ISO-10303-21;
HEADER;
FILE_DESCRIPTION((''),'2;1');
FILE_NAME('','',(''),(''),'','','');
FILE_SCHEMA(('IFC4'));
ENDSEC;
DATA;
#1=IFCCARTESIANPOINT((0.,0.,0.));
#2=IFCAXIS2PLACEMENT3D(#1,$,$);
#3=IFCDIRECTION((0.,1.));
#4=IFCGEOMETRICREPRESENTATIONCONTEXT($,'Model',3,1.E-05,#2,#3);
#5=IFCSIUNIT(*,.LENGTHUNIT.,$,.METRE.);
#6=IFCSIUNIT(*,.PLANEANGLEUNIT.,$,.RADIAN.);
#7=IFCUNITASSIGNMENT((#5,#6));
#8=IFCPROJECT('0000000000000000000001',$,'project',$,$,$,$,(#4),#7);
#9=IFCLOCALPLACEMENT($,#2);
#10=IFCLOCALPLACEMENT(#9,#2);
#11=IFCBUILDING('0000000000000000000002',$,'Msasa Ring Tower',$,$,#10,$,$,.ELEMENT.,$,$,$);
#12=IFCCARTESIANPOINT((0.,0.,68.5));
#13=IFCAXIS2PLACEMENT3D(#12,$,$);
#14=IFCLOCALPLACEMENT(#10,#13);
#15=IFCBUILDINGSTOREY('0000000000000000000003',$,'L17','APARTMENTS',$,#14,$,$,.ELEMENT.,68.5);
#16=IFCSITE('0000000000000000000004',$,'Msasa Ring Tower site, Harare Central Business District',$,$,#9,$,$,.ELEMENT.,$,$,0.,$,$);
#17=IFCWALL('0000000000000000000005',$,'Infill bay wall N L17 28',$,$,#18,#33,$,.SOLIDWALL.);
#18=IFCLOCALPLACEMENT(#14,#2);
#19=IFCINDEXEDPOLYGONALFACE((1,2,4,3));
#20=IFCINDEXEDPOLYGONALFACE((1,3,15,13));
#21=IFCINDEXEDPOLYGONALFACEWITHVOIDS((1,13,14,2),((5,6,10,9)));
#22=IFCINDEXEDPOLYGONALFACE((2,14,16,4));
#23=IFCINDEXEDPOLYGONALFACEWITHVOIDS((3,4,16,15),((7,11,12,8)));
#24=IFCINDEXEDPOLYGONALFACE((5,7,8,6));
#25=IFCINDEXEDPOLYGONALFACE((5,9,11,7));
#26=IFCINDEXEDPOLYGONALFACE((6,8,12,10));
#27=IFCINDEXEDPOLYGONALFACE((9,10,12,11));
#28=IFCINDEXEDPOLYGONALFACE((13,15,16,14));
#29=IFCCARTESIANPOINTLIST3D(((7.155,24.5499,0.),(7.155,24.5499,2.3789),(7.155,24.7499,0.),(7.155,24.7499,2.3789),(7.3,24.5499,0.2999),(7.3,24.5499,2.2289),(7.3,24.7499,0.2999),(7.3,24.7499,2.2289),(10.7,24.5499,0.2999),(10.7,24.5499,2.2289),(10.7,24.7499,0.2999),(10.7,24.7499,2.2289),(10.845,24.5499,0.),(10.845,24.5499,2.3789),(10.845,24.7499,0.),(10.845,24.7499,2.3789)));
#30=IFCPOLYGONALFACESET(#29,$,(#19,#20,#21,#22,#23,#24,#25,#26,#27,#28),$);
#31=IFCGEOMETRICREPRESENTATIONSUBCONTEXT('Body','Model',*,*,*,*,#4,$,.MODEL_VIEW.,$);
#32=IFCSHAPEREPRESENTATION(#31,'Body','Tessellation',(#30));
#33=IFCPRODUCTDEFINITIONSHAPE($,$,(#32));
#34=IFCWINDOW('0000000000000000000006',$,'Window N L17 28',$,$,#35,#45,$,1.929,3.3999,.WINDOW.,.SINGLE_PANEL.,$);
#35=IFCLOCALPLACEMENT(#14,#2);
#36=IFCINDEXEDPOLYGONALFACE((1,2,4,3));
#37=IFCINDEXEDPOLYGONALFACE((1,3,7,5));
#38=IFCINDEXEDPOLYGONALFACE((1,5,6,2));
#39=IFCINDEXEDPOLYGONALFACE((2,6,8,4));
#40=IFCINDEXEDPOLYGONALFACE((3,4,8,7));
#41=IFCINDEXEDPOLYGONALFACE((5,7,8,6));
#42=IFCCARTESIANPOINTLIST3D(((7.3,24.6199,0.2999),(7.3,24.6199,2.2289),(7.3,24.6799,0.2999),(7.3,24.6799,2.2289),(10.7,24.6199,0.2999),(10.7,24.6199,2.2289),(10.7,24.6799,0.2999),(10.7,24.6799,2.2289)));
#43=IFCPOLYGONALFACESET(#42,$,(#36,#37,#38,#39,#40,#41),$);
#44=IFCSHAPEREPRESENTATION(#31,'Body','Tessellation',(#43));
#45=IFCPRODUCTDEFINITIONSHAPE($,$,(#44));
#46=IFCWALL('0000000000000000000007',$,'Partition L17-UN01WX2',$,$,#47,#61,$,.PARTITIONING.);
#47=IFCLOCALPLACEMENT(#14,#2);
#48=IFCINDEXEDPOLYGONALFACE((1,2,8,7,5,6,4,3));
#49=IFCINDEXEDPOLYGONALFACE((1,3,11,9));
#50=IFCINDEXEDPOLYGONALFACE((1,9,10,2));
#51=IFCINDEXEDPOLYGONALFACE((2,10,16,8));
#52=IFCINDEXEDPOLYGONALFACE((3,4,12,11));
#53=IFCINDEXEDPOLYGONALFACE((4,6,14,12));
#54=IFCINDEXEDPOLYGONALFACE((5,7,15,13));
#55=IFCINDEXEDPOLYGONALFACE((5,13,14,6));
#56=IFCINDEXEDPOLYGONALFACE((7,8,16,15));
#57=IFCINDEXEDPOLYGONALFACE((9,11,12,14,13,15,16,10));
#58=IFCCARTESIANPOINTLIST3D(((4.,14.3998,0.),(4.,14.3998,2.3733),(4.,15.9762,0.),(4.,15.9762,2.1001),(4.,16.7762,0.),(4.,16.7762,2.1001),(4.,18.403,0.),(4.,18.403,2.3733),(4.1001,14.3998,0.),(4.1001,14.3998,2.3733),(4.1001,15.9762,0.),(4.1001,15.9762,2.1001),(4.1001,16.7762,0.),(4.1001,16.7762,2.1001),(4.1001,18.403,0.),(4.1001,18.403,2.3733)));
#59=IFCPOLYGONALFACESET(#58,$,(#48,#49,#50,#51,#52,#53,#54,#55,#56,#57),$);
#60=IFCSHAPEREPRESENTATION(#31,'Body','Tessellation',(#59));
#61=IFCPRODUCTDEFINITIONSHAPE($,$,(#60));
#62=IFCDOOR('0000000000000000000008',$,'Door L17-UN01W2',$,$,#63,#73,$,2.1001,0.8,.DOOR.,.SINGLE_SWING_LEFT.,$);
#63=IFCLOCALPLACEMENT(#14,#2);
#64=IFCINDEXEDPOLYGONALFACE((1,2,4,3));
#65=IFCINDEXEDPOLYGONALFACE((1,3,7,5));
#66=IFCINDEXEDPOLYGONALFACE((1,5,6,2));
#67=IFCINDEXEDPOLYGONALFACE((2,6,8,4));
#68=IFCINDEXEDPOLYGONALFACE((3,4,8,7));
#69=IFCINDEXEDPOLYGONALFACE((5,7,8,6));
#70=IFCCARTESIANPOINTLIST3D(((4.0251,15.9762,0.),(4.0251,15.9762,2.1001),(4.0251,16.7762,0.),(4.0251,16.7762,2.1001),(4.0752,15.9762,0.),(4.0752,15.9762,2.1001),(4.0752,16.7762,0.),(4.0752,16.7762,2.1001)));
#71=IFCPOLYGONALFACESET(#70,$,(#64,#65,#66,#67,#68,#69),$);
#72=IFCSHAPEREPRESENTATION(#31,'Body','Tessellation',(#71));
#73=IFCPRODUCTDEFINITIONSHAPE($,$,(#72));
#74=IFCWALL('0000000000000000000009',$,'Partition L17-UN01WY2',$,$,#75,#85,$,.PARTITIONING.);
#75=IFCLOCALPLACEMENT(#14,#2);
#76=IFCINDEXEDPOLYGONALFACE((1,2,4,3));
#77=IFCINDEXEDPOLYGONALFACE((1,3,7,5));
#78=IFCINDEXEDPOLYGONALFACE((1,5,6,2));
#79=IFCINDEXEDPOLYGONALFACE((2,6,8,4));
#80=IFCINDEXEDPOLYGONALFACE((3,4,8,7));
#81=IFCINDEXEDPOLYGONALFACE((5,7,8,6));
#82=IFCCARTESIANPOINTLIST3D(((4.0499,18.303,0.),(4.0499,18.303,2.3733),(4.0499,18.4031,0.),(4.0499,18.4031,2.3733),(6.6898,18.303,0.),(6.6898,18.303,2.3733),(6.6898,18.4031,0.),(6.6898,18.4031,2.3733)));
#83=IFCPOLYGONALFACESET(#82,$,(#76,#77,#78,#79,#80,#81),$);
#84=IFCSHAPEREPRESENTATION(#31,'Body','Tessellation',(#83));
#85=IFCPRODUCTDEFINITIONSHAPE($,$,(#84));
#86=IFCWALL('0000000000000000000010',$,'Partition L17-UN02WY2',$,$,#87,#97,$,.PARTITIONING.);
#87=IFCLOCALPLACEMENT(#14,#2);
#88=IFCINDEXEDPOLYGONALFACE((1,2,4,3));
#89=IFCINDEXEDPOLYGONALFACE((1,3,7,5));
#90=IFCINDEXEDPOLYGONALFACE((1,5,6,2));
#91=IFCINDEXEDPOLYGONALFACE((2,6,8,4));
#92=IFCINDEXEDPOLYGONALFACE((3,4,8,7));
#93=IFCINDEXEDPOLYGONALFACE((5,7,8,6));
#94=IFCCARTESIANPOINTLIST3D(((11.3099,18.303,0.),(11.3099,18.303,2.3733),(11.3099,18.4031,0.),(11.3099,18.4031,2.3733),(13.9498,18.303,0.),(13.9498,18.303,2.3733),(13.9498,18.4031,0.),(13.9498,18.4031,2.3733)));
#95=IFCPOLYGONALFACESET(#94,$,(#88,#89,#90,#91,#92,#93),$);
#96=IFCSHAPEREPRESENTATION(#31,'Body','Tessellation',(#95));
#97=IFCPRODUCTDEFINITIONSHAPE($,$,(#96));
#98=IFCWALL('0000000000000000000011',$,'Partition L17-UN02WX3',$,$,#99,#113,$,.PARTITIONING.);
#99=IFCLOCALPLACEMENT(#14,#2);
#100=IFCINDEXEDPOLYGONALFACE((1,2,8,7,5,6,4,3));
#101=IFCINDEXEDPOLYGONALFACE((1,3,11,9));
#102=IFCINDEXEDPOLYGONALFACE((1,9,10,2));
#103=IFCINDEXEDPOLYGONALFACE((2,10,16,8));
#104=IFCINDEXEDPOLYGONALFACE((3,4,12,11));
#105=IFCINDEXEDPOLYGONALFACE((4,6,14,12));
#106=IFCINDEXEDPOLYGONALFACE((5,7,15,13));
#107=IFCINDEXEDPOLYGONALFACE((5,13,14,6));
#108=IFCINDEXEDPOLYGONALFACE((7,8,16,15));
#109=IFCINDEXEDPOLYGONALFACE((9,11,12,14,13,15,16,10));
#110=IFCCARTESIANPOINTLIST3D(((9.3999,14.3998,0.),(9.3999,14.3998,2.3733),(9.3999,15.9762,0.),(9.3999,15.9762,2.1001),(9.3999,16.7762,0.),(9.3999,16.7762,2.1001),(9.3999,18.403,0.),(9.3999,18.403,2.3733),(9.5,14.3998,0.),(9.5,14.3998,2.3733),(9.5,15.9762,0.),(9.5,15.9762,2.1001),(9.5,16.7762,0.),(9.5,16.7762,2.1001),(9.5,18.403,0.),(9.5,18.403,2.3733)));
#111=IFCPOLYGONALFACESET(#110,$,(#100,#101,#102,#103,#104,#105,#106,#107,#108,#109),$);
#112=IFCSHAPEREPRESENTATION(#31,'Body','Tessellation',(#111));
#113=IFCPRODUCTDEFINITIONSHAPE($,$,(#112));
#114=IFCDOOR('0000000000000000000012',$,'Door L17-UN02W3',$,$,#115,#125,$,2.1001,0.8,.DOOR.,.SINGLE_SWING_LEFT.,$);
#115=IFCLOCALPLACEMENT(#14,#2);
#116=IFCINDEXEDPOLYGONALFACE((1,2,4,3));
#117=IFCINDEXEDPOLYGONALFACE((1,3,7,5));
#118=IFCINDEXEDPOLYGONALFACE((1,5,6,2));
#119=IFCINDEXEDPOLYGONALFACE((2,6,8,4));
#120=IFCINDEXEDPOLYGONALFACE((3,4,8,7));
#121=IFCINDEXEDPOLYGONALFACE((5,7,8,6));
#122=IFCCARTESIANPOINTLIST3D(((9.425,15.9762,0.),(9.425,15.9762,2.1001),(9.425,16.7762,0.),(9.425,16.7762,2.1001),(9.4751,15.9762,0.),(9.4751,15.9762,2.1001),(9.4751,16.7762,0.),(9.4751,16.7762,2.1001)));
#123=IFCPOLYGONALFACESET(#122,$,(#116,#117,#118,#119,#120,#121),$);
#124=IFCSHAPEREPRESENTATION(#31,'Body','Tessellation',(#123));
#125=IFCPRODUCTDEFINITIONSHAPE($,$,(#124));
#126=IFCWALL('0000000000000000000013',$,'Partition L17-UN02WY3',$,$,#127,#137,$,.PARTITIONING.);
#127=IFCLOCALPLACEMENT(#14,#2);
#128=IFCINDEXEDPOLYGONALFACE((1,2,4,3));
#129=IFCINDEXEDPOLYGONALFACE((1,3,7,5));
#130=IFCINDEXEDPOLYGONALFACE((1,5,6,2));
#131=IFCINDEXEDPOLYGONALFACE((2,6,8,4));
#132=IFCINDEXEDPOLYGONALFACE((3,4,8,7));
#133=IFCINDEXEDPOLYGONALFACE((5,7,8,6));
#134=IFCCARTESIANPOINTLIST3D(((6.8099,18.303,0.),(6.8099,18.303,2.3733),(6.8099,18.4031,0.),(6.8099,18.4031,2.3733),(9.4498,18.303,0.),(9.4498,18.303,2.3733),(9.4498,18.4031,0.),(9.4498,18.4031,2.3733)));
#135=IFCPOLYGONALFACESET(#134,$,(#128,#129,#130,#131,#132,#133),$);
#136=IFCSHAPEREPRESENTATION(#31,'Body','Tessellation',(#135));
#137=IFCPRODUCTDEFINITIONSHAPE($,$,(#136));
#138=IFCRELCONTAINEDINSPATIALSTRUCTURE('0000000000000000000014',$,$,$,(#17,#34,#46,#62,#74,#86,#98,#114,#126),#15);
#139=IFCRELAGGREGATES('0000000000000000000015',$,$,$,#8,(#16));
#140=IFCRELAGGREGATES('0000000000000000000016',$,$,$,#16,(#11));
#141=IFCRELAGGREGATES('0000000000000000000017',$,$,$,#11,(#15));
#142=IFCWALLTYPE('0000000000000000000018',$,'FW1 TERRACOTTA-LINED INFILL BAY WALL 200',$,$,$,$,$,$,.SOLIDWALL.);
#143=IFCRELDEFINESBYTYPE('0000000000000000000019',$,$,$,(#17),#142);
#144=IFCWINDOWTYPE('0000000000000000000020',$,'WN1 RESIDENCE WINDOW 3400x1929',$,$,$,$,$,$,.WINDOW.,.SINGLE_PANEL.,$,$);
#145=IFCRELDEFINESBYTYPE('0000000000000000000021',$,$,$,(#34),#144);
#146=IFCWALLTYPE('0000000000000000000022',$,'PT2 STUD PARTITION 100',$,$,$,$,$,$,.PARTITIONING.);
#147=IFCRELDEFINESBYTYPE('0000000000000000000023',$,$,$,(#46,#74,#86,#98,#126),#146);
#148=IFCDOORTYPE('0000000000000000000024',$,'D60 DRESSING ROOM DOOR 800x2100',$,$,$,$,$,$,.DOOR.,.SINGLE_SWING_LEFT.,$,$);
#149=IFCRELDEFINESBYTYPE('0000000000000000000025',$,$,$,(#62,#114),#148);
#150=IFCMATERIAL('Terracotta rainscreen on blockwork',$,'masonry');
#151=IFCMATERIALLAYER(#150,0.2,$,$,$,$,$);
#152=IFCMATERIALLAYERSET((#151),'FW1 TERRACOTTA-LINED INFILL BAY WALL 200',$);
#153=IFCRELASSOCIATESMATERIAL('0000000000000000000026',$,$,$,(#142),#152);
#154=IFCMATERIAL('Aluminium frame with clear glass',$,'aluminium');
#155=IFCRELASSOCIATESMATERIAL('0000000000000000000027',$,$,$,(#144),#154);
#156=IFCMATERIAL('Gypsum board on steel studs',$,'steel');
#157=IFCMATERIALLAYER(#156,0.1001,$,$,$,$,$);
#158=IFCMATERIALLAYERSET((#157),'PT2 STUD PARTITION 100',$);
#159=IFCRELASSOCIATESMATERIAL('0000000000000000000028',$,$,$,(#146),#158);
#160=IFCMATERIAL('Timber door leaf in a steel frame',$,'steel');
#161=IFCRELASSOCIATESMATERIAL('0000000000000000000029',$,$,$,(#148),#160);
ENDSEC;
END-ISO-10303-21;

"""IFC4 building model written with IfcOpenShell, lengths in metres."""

from ifc_helpers import new_model, si_unit, direction, frame, frame_2d, origin, place, context, subcontext, project, spatial, rectangle, extrude, material, layer, layer_set, type_object, element, fill, save


model = new_model("IFC4")

# Units and contexts
model_context = context("Model", 3, precision=1e-05, world=origin(), true_north=direction((0.0, 1.0)))
body_context = subcontext(model_context, "Body", "Model", "MODEL_VIEW")
ifc_project = project(units=[si_unit("LENGTHUNIT", "METRE"), si_unit("PLANEANGLEUNIT", "RADIAN")], contexts=[model_context])

# Site, building, storey
site_placement = place(None, origin())
site = spatial("IfcSite", under=ifc_project, at=site_placement, Name="Msasa Ring Tower site, Harare Central Business District", CompositionType="ELEMENT", RefElevation=0.0)
building_placement = place(site_placement, origin())
building = spatial("IfcBuilding", under=site, at=building_placement, Name="Msasa Ring Tower", CompositionType="ELEMENT")
storey_placement = place(building_placement, frame((0.0, 0.0, 68.5)))
storey = spatial("IfcBuildingStorey", under=building, at=storey_placement, Name="L17", Description="APARTMENTS", CompositionType="ELEMENT", Elevation=68.5)

# Wall, opening, window
ifc_material_1 = material(Name="Terracotta rainscreen on blockwork", Category="masonry")
ifc_layer_1 = layer(ifc_material_1, 0.2)
ifc_layer_set_1 = layer_set([ifc_layer_1], Name="FW1 TERRACOTTA-LINED INFILL BAY WALL 200")
wall_type_1 = type_object("IfcWallType", Name="FW1 TERRACOTTA-LINED INFILL BAY WALL 200", PredefinedType="SOLIDWALL", material=ifc_layer_set_1)
ifc_material_2 = material(Name="Aluminium frame with clear glass", Category="aluminium")
window_type = type_object("IfcWindowType", Name="WN1 RESIDENCE WINDOW 3400x1929", PartitioningType="SINGLE_PANEL", PredefinedType="WINDOW", material=ifc_material_2)
wall_1_placement = place(storey_placement, frame((7.155, 24.6499, 0.0), z_axis=(0.0, 0.0, 1.0), x_axis=(1.0, 0.0, 0.0)))
wall_1 = element("IfcWall", 1, at=wall_1_placement, inside=storey, type_object=wall_type_1, Name="Infill bay wall N L17 28", PredefinedType="SOLIDWALL", context=body_context, shape_type="SweptSolid", body=[
    extrude(rectangle(XDim=3.6899, YDim=0.2, at=frame_2d((1.845, 0.0))), origin(), (0.0, 0.0, 1.0), 2.3789),
])
opening_1_placement = place(wall_1_placement, frame((0.145, 0.0, 0.3)))
opening_1 = element("IfcOpeningElement", 2, at=opening_1_placement, cuts=wall_1, PredefinedType="OPENING", context=body_context, shape_type="SweptSolid", body=[
    extrude(rectangle(XDim=3.3999, YDim=1.929, at=frame_2d((1.7, 0.9644))), frame((0.0, 0.1099, 0.0), z_axis=(0.0, -1.0, 0.0), x_axis=(1.0, 0.0, 0.0)), (0.0, 0.0, 1.0), 0.22),
])
window_1_placement = place(opening_1_placement, origin())
window_1 = element("IfcWindow", 3, at=window_1_placement, inside=storey, type_object=window_type, Name="Window N L17 28", OverallHeight=1.929, OverallWidth=3.3999, PartitioningType="SINGLE_PANEL", PredefinedType="WINDOW", context=body_context, shape_type="SweptSolid", body=[
    extrude(rectangle(XDim=3.3999, YDim=1.929, at=frame_2d((1.7, 0.9644))), frame((0.0, 0.03, 0.0), z_axis=(0.0, -1.0, 0.0), x_axis=(1.0, 0.0, 0.0)), (0.0, 0.0, 1.0), 0.0601),
])
fill(opening_1, window_1)

# Wall, opening, door
ifc_material_3 = material(Name="Gypsum board on steel studs", Category="steel")
ifc_layer_2 = layer(ifc_material_3, 0.1001)
ifc_layer_set_2 = layer_set([ifc_layer_2], Name="PT2 STUD PARTITION 100")
wall_type_2 = type_object("IfcWallType", Name="PT2 STUD PARTITION 100", PredefinedType="PARTITIONING", material=ifc_layer_set_2)
wall_2_placement = place(storey_placement, frame((4.05, 14.3999, 0.0), z_axis=(0.0, 0.0, 1.0), x_axis=(0.0, 1.0, 0.0)))
wall_2 = element("IfcWall", 4, at=wall_2_placement, inside=storey, type_object=wall_type_2, Name="Partition L17-UN01WX2", PredefinedType="PARTITIONING", context=body_context, shape_type="SweptSolid", body=[
    extrude(rectangle(XDim=4.0032, YDim=0.1001, at=frame_2d((2.0015, 0.0))), origin(), (0.0, 0.0, 1.0), 2.3733),
])
opening_2_placement = place(wall_2_placement, frame((1.5764, 0.0, 0.0)))
opening_2 = element("IfcOpeningElement", 5, at=opening_2_placement, cuts=wall_2, PredefinedType="OPENING", context=body_context, shape_type="SweptSolid", body=[
    extrude(rectangle(XDim=0.8, YDim=2.1001, at=frame_2d((0.3999, 1.05))), frame((0.0, 0.0601, 0.0), z_axis=(0.0, -1.0, 0.0), x_axis=(1.0, 0.0, 0.0)), (0.0, 0.0, 1.0), 0.1201),
])
ifc_material_4 = material(Name="Timber door leaf in a steel frame", Category="steel")
door_type = type_object("IfcDoorType", Name="D60 DRESSING ROOM DOOR 800x2100", OperationType="SINGLE_SWING_LEFT", PredefinedType="DOOR", material=ifc_material_4)
door_1_placement = place(opening_2_placement, origin())
door_1 = element("IfcDoor", 6, at=door_1_placement, inside=storey, type_object=door_type, Name="Door L17-UN01W2", OperationType="SINGLE_SWING_LEFT", OverallHeight=2.1001, OverallWidth=0.8, PredefinedType="DOOR", context=body_context, shape_type="SweptSolid", body=[
    extrude(rectangle(XDim=0.8, YDim=2.1001, at=frame_2d((0.3999, 1.05))), frame((0.0, 0.0249, 0.0), z_axis=(0.0, -1.0, 0.0), x_axis=(1.0, 0.0, 0.0)), (0.0, 0.0, 1.0), 0.05),
])
fill(opening_2, door_1)

# Walls
for number, where, z_axis, x_axis, name in (
    (7, (4.05, 18.353, 0.0), (0.0, 0.0, 1.0), (1.0, 0.0, 0.0), "Partition L17-UN01WY2"),
    (8, (11.3101, 18.353, 0.0), (0.0, 0.0, 1.0), (1.0, 0.0, 0.0), "Partition L17-UN02WY2"),
):
    element("IfcWall", number, at=place(storey_placement, frame(where, z_axis=z_axis, x_axis=x_axis)), inside=storey, type_object=wall_type_2, Name=name, PredefinedType="PARTITIONING", context=body_context, shape_type="SweptSolid", body=[
        extrude(rectangle(XDim=2.6399, YDim=0.1001, at=frame_2d((1.3198, 0.0))), origin(), (0.0, 0.0, 1.0), 2.3733),
    ])

# Wall, opening, door
wall_3_placement = place(storey_placement, frame((9.45, 14.3999, 0.0), z_axis=(0.0, 0.0, 1.0), x_axis=(0.0, 1.0, 0.0)))
wall_3 = element("IfcWall", 9, at=wall_3_placement, inside=storey, type_object=wall_type_2, Name="Partition L17-UN02WX3", PredefinedType="PARTITIONING", context=body_context, shape_type="SweptSolid", body=[
    extrude(rectangle(XDim=4.0032, YDim=0.1001, at=frame_2d((2.0015, 0.0))), origin(), (0.0, 0.0, 1.0), 2.3733),
])
opening_3_placement = place(wall_3_placement, frame((1.5764, 0.0, 0.0)))
opening_3 = element("IfcOpeningElement", 10, at=opening_3_placement, cuts=wall_3, PredefinedType="OPENING", context=body_context, shape_type="SweptSolid", body=[
    extrude(rectangle(XDim=0.8, YDim=2.1001, at=frame_2d((0.3999, 1.05))), frame((0.0, 0.0601, 0.0), z_axis=(0.0, -1.0, 0.0), x_axis=(1.0, 0.0, 0.0)), (0.0, 0.0, 1.0), 0.1201),
])
door_2_placement = place(opening_3_placement, origin())
door_2 = element("IfcDoor", 11, at=door_2_placement, inside=storey, type_object=door_type, Name="Door L17-UN02W3", OperationType="SINGLE_SWING_LEFT", OverallHeight=2.1001, OverallWidth=0.8, PredefinedType="DOOR", context=body_context, shape_type="SweptSolid", body=[
    extrude(rectangle(XDim=0.8, YDim=2.1001, at=frame_2d((0.3999, 1.05))), frame((0.0, 0.0249, 0.0), z_axis=(0.0, -1.0, 0.0), x_axis=(1.0, 0.0, 0.0)), (0.0, 0.0, 1.0), 0.05),
])
fill(opening_3, door_2)

# Wall
wall_4_placement = place(storey_placement, frame((6.8101, 18.353, 0.0), z_axis=(0.0, 0.0, 1.0), x_axis=(1.0, 0.0, 0.0)))
element("IfcWall", 12, at=wall_4_placement, inside=storey, type_object=wall_type_2, Name="Partition L17-UN02WY3", PredefinedType="PARTITIONING", context=body_context, shape_type="SweptSolid", body=[
    extrude(rectangle(XDim=2.6399, YDim=0.1001, at=frame_2d((1.3198, 0.0))), origin(), (0.0, 0.0, 1.0), 2.3733),
])

save(model, "model.ifc")
